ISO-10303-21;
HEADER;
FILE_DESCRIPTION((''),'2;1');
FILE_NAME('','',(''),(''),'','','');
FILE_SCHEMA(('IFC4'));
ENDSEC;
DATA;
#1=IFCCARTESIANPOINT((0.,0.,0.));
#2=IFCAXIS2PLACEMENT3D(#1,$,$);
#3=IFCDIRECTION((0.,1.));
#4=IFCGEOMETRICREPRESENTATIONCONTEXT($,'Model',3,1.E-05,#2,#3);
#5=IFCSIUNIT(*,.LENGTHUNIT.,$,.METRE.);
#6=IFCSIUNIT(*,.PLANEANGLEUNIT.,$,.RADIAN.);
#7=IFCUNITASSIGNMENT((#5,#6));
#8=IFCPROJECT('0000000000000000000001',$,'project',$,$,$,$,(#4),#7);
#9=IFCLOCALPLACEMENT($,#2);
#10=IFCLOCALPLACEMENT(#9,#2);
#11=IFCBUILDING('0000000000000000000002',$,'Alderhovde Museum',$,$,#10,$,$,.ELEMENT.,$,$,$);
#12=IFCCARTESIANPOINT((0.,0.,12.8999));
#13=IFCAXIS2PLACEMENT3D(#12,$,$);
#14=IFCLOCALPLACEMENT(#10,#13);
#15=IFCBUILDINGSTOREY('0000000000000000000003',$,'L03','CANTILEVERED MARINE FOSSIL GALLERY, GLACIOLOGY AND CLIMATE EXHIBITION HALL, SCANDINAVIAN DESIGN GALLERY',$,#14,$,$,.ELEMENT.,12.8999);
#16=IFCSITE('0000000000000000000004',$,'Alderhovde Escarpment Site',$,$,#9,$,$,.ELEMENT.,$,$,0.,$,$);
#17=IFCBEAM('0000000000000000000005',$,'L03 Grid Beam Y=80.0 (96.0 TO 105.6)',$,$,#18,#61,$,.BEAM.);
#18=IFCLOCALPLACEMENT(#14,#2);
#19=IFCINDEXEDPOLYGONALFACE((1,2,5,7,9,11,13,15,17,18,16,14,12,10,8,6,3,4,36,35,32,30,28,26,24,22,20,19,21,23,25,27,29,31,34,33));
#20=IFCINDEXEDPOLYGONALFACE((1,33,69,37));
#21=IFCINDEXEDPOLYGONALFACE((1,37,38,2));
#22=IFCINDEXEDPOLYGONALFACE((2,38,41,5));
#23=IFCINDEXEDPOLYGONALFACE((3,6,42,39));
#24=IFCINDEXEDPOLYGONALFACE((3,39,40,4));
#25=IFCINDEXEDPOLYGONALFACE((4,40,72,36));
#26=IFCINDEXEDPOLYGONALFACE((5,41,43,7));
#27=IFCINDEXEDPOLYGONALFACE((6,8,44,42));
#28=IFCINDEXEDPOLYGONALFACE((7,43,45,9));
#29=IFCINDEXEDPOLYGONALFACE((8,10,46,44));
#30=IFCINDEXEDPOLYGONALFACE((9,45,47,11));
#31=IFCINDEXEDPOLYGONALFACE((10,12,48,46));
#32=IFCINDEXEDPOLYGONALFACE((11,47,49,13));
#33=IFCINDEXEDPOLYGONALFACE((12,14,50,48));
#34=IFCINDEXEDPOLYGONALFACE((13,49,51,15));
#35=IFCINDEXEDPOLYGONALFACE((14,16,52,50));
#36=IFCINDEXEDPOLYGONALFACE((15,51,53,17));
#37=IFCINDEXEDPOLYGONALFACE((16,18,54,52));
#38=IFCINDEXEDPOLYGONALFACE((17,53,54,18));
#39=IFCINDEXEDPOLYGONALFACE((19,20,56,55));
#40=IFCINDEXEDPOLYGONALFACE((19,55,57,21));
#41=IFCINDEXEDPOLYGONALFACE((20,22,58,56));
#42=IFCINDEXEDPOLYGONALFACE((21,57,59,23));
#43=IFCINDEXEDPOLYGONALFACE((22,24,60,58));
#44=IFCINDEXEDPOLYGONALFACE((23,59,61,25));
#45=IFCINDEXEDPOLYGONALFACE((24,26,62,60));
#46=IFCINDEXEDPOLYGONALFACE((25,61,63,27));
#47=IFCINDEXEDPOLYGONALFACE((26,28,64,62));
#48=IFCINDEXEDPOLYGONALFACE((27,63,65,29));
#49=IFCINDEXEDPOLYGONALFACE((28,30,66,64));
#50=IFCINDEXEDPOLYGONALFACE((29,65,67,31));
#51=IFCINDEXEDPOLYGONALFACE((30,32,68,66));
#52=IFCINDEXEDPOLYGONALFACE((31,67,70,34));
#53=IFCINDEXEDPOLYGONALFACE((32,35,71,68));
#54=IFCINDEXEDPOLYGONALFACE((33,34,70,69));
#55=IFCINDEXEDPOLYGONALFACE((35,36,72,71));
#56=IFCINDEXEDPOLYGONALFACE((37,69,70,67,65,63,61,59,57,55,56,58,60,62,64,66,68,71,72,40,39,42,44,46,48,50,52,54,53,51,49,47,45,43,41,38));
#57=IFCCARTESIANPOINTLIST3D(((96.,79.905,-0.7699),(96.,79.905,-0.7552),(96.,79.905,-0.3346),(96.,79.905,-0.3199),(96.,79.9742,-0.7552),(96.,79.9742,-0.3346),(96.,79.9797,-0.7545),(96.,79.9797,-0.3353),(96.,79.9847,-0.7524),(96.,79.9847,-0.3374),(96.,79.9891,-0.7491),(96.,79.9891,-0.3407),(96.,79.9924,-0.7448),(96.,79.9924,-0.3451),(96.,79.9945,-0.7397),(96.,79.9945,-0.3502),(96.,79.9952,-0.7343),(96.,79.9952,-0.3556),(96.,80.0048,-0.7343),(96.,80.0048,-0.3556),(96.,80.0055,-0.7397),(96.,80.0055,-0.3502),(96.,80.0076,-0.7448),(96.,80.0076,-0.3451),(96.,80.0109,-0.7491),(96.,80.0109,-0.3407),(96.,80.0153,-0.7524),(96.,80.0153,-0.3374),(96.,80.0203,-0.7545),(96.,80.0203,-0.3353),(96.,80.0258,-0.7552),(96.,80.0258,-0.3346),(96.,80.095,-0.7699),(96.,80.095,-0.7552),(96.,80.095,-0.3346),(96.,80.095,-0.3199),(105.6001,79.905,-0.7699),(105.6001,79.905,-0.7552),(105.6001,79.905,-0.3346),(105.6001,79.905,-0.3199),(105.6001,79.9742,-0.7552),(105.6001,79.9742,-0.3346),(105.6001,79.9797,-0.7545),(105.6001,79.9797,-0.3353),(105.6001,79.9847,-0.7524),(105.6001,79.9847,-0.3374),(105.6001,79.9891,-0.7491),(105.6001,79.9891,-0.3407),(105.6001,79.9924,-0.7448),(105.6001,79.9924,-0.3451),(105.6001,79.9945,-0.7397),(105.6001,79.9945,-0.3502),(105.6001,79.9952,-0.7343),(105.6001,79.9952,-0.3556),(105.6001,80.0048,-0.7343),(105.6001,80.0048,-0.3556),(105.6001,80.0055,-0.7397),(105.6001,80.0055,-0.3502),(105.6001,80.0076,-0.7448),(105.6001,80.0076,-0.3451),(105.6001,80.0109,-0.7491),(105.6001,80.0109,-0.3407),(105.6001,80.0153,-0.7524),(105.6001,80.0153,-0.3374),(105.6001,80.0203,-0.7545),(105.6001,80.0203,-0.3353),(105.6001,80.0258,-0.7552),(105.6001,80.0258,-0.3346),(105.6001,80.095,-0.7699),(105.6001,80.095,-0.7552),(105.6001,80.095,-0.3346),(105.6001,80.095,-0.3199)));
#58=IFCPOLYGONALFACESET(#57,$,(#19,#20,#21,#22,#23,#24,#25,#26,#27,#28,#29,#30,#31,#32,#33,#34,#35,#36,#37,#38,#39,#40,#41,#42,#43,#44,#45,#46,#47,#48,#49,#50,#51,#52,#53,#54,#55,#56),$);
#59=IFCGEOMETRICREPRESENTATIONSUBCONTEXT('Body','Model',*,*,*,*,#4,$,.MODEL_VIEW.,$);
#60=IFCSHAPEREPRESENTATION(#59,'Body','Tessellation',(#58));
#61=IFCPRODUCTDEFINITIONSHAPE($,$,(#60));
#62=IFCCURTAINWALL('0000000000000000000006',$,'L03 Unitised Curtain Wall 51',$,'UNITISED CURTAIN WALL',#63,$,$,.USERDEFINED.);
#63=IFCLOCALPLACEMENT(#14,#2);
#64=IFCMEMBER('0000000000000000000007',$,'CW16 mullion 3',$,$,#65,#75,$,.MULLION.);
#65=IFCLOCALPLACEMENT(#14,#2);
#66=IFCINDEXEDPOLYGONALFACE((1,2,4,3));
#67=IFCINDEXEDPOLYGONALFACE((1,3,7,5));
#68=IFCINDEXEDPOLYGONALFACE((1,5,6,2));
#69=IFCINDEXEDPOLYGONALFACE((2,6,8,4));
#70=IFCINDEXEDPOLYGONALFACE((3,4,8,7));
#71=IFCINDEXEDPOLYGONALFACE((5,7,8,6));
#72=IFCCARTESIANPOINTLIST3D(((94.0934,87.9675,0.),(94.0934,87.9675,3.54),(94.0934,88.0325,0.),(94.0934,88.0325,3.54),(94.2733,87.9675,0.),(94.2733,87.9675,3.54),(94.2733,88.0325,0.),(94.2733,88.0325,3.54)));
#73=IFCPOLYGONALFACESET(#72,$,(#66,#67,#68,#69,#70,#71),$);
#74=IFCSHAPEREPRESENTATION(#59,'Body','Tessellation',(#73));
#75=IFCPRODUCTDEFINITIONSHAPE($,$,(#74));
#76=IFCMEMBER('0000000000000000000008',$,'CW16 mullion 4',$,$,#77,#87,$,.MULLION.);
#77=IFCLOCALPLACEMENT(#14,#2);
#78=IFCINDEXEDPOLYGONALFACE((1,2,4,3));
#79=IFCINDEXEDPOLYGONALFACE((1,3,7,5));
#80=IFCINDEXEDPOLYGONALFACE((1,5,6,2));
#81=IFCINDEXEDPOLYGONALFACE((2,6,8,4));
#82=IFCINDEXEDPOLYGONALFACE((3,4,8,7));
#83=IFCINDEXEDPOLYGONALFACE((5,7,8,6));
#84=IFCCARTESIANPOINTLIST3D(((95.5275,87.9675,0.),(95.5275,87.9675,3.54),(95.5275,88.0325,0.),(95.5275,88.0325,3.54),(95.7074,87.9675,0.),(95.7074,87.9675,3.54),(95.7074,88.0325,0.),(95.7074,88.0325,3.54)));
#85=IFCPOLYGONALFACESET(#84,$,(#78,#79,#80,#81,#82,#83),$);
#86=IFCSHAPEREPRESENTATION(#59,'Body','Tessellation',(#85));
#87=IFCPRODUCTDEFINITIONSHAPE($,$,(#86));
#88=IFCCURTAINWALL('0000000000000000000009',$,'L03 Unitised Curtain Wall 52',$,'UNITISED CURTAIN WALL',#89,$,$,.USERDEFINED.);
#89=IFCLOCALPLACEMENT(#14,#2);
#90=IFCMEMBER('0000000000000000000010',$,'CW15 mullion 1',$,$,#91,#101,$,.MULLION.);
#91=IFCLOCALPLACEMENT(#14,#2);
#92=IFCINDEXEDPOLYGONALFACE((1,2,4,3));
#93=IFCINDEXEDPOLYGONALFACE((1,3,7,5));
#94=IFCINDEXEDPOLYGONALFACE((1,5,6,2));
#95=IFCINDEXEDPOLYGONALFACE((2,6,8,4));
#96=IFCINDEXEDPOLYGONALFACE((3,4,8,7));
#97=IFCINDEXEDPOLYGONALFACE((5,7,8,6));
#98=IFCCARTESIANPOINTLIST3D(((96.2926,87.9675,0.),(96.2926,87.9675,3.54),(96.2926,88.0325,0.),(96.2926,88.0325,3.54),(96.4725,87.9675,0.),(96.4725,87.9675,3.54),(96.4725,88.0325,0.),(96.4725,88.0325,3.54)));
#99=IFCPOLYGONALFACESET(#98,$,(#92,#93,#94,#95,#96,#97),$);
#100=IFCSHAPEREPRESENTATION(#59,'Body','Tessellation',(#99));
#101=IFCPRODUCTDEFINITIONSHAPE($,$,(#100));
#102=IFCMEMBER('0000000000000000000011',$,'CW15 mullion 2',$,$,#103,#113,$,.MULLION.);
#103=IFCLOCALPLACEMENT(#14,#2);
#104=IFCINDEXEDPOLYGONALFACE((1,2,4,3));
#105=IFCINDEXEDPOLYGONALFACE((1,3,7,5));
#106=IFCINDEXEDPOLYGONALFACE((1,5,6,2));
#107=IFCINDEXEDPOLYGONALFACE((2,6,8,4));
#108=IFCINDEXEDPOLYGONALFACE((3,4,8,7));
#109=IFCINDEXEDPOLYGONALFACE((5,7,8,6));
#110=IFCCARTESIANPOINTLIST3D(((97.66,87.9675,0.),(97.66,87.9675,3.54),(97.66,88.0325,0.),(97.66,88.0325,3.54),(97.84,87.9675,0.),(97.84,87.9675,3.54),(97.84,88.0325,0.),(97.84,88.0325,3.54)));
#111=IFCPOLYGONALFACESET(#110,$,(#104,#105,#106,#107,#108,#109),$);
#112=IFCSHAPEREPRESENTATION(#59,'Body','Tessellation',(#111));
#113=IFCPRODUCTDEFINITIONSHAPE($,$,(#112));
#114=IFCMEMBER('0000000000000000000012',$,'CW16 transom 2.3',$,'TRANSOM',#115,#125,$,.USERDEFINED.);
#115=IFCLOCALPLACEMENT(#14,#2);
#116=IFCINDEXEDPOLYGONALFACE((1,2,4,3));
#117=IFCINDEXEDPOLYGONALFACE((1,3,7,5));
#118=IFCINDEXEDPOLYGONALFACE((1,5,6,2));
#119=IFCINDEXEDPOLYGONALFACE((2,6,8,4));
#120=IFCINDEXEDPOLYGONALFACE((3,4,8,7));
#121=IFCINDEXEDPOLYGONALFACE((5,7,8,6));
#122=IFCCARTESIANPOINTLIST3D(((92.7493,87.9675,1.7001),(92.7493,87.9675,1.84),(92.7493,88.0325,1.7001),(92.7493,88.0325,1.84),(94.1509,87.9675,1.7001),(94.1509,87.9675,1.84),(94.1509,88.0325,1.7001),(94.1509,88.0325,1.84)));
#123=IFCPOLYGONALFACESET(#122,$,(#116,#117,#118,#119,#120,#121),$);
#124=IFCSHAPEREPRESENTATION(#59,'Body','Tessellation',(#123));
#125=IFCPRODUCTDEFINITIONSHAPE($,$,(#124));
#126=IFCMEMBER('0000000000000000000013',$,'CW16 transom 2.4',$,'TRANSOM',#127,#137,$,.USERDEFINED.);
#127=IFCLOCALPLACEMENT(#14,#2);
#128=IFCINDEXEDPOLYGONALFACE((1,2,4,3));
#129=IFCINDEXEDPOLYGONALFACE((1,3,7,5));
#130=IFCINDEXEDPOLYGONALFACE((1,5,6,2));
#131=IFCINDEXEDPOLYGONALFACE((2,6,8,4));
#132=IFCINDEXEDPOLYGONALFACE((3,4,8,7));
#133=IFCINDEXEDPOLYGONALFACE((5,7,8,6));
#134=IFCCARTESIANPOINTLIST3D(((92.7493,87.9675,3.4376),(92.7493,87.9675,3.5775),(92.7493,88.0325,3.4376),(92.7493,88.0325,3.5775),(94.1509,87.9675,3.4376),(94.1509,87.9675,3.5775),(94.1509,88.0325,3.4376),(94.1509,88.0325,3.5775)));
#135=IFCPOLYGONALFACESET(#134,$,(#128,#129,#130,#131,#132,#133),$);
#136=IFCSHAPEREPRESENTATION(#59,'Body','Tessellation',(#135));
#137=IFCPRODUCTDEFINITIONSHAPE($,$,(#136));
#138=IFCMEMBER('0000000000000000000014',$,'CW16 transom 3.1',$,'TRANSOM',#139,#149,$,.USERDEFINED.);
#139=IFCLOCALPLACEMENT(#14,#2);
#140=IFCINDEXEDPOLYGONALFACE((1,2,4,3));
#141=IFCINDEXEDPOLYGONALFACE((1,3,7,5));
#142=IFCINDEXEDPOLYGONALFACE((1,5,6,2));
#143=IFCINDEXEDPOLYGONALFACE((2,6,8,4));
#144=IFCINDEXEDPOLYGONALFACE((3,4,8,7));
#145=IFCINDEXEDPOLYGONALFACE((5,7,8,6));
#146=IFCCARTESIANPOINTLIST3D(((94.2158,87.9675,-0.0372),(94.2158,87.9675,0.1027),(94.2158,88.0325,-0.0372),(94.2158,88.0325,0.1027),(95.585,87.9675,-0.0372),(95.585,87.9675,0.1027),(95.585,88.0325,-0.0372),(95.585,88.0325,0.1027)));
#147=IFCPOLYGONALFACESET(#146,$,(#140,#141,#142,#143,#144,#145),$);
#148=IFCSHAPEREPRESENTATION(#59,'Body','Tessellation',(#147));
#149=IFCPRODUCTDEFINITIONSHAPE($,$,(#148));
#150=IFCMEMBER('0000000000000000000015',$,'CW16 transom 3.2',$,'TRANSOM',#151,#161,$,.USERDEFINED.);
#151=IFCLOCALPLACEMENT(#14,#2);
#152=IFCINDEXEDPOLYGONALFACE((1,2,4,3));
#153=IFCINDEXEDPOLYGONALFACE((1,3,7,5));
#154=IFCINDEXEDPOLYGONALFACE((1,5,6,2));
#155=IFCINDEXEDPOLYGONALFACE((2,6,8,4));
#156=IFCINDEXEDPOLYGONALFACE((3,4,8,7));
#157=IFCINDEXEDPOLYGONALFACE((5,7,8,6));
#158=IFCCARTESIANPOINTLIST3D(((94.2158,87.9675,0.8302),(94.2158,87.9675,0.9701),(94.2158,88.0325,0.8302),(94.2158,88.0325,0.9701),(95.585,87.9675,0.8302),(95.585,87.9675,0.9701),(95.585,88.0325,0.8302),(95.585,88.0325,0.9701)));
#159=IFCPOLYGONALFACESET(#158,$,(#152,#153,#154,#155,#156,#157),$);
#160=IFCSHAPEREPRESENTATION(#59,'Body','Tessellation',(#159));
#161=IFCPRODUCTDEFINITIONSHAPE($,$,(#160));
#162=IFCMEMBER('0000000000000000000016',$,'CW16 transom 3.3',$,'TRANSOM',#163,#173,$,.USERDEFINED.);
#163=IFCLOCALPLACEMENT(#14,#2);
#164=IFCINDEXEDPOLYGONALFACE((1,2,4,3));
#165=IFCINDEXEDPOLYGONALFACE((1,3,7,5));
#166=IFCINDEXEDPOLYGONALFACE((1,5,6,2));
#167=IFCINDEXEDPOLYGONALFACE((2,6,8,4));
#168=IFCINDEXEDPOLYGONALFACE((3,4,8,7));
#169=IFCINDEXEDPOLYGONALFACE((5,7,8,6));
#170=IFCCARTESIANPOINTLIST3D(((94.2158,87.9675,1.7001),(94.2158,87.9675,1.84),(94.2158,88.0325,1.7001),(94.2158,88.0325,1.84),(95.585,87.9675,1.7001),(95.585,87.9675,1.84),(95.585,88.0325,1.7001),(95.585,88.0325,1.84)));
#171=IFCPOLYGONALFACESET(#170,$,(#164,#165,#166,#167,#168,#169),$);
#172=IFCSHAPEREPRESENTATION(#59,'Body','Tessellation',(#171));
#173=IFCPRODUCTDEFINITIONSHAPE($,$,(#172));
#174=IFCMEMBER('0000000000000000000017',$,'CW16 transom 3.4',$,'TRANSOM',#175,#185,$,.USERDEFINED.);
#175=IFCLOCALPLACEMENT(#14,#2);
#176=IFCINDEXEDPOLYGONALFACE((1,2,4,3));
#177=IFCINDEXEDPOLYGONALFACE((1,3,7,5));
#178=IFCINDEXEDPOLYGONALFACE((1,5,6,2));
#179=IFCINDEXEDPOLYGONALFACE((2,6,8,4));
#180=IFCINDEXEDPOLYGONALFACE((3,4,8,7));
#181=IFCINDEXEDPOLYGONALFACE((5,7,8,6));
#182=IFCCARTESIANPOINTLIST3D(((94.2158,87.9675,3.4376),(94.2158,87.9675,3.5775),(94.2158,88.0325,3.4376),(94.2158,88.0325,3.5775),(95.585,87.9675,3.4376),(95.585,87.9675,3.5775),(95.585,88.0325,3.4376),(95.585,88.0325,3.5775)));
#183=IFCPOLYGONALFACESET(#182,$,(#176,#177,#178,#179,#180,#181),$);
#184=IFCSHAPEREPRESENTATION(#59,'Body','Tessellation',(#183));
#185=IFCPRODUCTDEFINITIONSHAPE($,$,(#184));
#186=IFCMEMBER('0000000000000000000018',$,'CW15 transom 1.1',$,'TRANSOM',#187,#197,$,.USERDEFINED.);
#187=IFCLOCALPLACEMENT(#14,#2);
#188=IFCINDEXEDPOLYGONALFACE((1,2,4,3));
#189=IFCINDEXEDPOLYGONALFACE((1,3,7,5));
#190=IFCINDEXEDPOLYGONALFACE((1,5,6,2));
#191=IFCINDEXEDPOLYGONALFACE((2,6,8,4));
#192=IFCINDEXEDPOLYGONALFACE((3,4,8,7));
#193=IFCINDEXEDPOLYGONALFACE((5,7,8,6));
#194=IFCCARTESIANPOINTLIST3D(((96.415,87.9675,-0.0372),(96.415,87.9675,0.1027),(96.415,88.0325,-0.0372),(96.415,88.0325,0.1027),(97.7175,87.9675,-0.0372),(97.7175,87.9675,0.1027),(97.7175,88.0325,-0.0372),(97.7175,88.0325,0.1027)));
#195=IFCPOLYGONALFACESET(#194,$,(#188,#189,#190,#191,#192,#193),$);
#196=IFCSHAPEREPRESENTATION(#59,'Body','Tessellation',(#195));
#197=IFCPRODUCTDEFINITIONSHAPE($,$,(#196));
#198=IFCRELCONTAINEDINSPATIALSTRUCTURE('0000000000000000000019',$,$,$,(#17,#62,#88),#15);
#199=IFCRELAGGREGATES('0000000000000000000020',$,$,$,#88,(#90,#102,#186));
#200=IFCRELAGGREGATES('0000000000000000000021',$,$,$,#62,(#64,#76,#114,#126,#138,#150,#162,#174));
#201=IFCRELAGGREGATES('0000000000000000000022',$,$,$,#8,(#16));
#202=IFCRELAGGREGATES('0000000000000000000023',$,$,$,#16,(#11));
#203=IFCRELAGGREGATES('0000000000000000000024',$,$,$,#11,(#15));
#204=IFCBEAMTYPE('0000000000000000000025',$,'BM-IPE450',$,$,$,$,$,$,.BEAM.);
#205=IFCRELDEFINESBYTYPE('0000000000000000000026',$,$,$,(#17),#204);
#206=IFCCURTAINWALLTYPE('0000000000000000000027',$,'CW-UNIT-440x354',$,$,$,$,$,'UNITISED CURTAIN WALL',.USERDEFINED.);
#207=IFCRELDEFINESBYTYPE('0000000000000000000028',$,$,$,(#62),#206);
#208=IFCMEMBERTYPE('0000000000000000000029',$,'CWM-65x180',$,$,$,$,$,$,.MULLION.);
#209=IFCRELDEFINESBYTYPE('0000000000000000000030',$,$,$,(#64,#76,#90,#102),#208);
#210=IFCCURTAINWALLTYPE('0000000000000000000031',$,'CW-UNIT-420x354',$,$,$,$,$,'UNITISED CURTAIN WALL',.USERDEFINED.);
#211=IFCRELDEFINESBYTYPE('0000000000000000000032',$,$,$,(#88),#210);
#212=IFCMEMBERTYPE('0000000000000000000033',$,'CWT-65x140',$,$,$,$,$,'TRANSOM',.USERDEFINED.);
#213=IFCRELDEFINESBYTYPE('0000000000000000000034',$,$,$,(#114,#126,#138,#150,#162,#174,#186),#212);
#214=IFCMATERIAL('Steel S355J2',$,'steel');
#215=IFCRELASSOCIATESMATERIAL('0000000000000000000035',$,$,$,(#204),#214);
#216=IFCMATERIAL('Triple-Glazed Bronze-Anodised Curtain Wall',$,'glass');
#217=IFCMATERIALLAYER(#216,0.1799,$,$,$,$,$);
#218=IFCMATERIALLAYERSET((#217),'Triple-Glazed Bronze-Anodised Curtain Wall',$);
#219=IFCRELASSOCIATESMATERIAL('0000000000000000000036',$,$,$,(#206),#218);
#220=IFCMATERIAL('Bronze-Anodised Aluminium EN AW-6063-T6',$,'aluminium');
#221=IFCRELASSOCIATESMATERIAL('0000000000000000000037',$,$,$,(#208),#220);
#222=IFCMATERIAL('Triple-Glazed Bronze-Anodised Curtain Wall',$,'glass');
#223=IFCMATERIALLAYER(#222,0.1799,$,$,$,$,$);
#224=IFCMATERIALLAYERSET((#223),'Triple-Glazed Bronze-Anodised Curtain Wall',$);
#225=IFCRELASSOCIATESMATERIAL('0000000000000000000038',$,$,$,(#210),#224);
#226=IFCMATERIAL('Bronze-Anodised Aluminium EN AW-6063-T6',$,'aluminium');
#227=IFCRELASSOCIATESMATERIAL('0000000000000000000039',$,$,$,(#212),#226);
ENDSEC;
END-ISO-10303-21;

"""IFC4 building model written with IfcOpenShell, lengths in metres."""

from ifc_helpers import new_model, si_unit, direction, frame, origin, origin_2d, place, context, subcontext, project, spatial, rectangle, i_section, extrude, material, layer, layer_set, material_profile, profile_set, type_object, element, aggregate, save


model = new_model("IFC4")

# Units and contexts
model_context = context("Model", 3, precision=1e-05, world=origin(), true_north=direction((0.0, 1.0)))
body_context = subcontext(model_context, "Body", "Model", "MODEL_VIEW")
ifc_project = project(units=[si_unit("LENGTHUNIT", "METRE"), si_unit("PLANEANGLEUNIT", "RADIAN")], contexts=[model_context])

# Site, building, storey
site_placement = place(None, origin())
site = spatial("IfcSite", under=ifc_project, at=site_placement, Name="Alderhovde Escarpment Site", CompositionType="ELEMENT", RefElevation=0.0)
building_placement = place(site_placement, origin())
building = spatial("IfcBuilding", under=site, at=building_placement, Name="Alderhovde Museum", CompositionType="ELEMENT")
storey_placement = place(building_placement, frame((0.0, 0.0, 12.8999)))
storey = spatial("IfcBuildingStorey", under=building, at=storey_placement, Name="L03", Description="CANTILEVERED MARINE FOSSIL GALLERY, GLACIOLOGY AND CLIMATE EXHIBITION HALL, SCANDINAVIAN DESIGN GALLERY", CompositionType="ELEMENT", Elevation=12.8999)

# Beam
ifc_material_1 = material(Name="Steel S355J2", Category="steel")
ifc_material_profile_1 = material_profile(ifc_material_1, i_section(OverallWidth=0.1899, OverallDepth=0.45, WebThickness=0.0095, FlangeThickness=0.0146, FilletRadius=0.021, at=origin_2d()), Name="IPE 450")
ifc_profile_set_1 = profile_set([ifc_material_profile_1], Name="Steel S355J2")
beam_type_1 = type_object("IfcBeamType", Name="BM-IPE450", PredefinedType="BEAM", material=ifc_profile_set_1)
beam_1_placement = place(storey_placement, frame((96.0, 80.0, -0.5449), z_axis=(1.0, 0.0, 0.0), x_axis=(0.0, 1.0, 0.0)))
element("IfcBeam", 1, at=beam_1_placement, inside=storey, type_object=beam_type_1, Name="L03 Grid Beam Y=80.0 (96.0 TO 105.6)", PredefinedType="BEAM", context=body_context, shape_type="SweptSolid", body=[
    extrude(i_section(OverallWidth=0.1899, OverallDepth=0.45, WebThickness=0.0095, FlangeThickness=0.0146, FilletRadius=0.021, at=origin_2d()), origin(), (0.0, 0.0, 1.0), 9.6001),
])

# Curtain walls, members
ifc_material_2 = material(Name="Triple-Glazed Bronze-Anodised Curtain Wall", Category="glass")
ifc_layer_1 = layer(ifc_material_2, 0.1799)
ifc_layer_set_1 = layer_set([ifc_layer_1], Name="Triple-Glazed Bronze-Anodised Curtain Wall")
curtain_wall_type_1 = type_object("IfcCurtainWallType", Name="CW-UNIT-440x354", ElementType="UNITISED CURTAIN WALL", PredefinedType="USERDEFINED", material=ifc_layer_set_1)
curtain_wall_1_placement = place(storey_placement, origin())
curtain_wall_1 = element("IfcCurtainWall", 2, at=curtain_wall_1_placement, inside=storey, type_object=curtain_wall_type_1, Name="L03 Unitised Curtain Wall 51", ObjectType="UNITISED CURTAIN WALL", PredefinedType="USERDEFINED")
ifc_material_3 = material(Name="Bronze-Anodised Aluminium EN AW-6063-T6", Category="aluminium")
ifc_material_profile_2 = material_profile(ifc_material_3, rectangle(XDim=0.0649, YDim=0.1799, at=origin_2d()), Name="MULLION 65x180")
ifc_profile_set_2 = profile_set([ifc_material_profile_2], Name="Bronze-Anodised Aluminium EN AW-6063-T6")
member_type_1 = type_object("IfcMemberType", Name="CWM-65x180", PredefinedType="MULLION", material=ifc_profile_set_2)
member_1_placement = place(storey_placement, frame((94.1833, 88.0, 0.0), z_axis=(0.0, 0.0, 1.0), x_axis=(0.0, 1.0, 0.0)))
member_1 = element("IfcMember", 3, at=member_1_placement, type_object=member_type_1, Name="CW16 mullion 3", PredefinedType="MULLION", context=body_context, shape_type="SweptSolid", body=[
    extrude(rectangle(XDim=0.0649, YDim=0.1799, at=origin_2d()), origin(), (0.0, 0.0, 1.0), 3.54),
])
member_2_placement = place(storey_placement, frame((95.6174, 88.0, 0.0), z_axis=(0.0, 0.0, 1.0), x_axis=(0.0, 1.0, 0.0)))
member_2 = element("IfcMember", 4, at=member_2_placement, type_object=member_type_1, Name="CW16 mullion 4", PredefinedType="MULLION", context=body_context, shape_type="SweptSolid", body=[
    extrude(rectangle(XDim=0.0649, YDim=0.1799, at=origin_2d()), origin(), (0.0, 0.0, 1.0), 3.54),
])
ifc_material_4 = material(Name="Triple-Glazed Bronze-Anodised Curtain Wall", Category="glass")
ifc_layer_2 = layer(ifc_material_4, 0.1799)
ifc_layer_set_2 = layer_set([ifc_layer_2], Name="Triple-Glazed Bronze-Anodised Curtain Wall")
curtain_wall_type_2 = type_object("IfcCurtainWallType", Name="CW-UNIT-420x354", ElementType="UNITISED CURTAIN WALL", PredefinedType="USERDEFINED", material=ifc_layer_set_2)
curtain_wall_2_placement = place(storey_placement, origin())
curtain_wall_2 = element("IfcCurtainWall", 5, at=curtain_wall_2_placement, inside=storey, type_object=curtain_wall_type_2, Name="L03 Unitised Curtain Wall 52", ObjectType="UNITISED CURTAIN WALL", PredefinedType="USERDEFINED")
member_3_placement = place(storey_placement, frame((96.3826, 88.0, 0.0), z_axis=(0.0, 0.0, 1.0), x_axis=(0.0, 1.0, 0.0)))
member_3 = element("IfcMember", 6, at=member_3_placement, type_object=member_type_1, Name="CW15 mullion 1", PredefinedType="MULLION", context=body_context, shape_type="SweptSolid", body=[
    extrude(rectangle(XDim=0.0649, YDim=0.1799, at=origin_2d()), origin(), (0.0, 0.0, 1.0), 3.54),
])
member_4_placement = place(storey_placement, frame((97.75, 88.0, 0.0), z_axis=(0.0, 0.0, 1.0), x_axis=(0.0, 1.0, 0.0)))
member_4 = element("IfcMember", 7, at=member_4_placement, type_object=member_type_1, Name="CW15 mullion 2", PredefinedType="MULLION", context=body_context, shape_type="SweptSolid", body=[
    extrude(rectangle(XDim=0.0649, YDim=0.1799, at=origin_2d()), origin(), (0.0, 0.0, 1.0), 3.54),
])

# Members
ifc_material_5 = material(Name="Bronze-Anodised Aluminium EN AW-6063-T6", Category="aluminium")
ifc_material_profile_3 = material_profile(ifc_material_5, rectangle(XDim=0.0649, YDim=0.1399, at=origin_2d()), Name="TRANSOM 65x140")
ifc_profile_set_3 = profile_set([ifc_material_profile_3], Name="Bronze-Anodised Aluminium EN AW-6063-T6")
member_type_2 = type_object("IfcMemberType", Name="CWT-65x140", ElementType="TRANSOM", PredefinedType="USERDEFINED", material=ifc_profile_set_3)
member_5_placement = place(storey_placement, frame((92.7493, 88.0, 1.77), z_axis=(1.0, 0.0, 0.0), x_axis=(0.0, 1.0, 0.0)))
member_5 = element("IfcMember", 8, at=member_5_placement, type_object=member_type_2, Name="CW16 transom 2.3", ObjectType="TRANSOM", PredefinedType="USERDEFINED", context=body_context, shape_type="SweptSolid", body=[
    extrude(rectangle(XDim=0.0649, YDim=0.1399, at=origin_2d()), origin(), (0.0, 0.0, 1.0), 1.4016),
])
member_6_placement = place(storey_placement, frame((92.7493, 88.0, 3.5076), z_axis=(1.0, 0.0, 0.0), x_axis=(0.0, 1.0, 0.0)))
member_6 = element("IfcMember", 9, at=member_6_placement, type_object=member_type_2, Name="CW16 transom 2.4", ObjectType="TRANSOM", PredefinedType="USERDEFINED", context=body_context, shape_type="SweptSolid", body=[
    extrude(rectangle(XDim=0.0649, YDim=0.1399, at=origin_2d()), origin(), (0.0, 0.0, 1.0), 1.4016),
])
member_7_placement = place(storey_placement, frame((94.2158, 88.0, 0.0327), z_axis=(1.0, 0.0, 0.0), x_axis=(0.0, 1.0, 0.0)))
member_7 = element("IfcMember", 10, at=member_7_placement, type_object=member_type_2, Name="CW16 transom 3.1", ObjectType="TRANSOM", PredefinedType="USERDEFINED", context=body_context, shape_type="SweptSolid", body=[
    extrude(rectangle(XDim=0.0649, YDim=0.1399, at=origin_2d()), origin(), (0.0, 0.0, 1.0), 1.3691),
])
member_8_placement = place(storey_placement, frame((94.2158, 88.0, 0.9001), z_axis=(1.0, 0.0, 0.0), x_axis=(0.0, 1.0, 0.0)))
member_8 = element("IfcMember", 11, at=member_8_placement, type_object=member_type_2, Name="CW16 transom 3.2", ObjectType="TRANSOM", PredefinedType="USERDEFINED", context=body_context, shape_type="SweptSolid", body=[
    extrude(rectangle(XDim=0.0649, YDim=0.1399, at=origin_2d()), origin(), (0.0, 0.0, 1.0), 1.3691),
])
member_9_placement = place(storey_placement, frame((94.2158, 88.0, 1.77), z_axis=(1.0, 0.0, 0.0), x_axis=(0.0, 1.0, 0.0)))
member_9 = element("IfcMember", 12, at=member_9_placement, type_object=member_type_2, Name="CW16 transom 3.3", ObjectType="TRANSOM", PredefinedType="USERDEFINED", context=body_context, shape_type="SweptSolid", body=[
    extrude(rectangle(XDim=0.0649, YDim=0.1399, at=origin_2d()), origin(), (0.0, 0.0, 1.0), 1.3691),
])
member_10_placement = place(storey_placement, frame((94.2158, 88.0, 3.5076), z_axis=(1.0, 0.0, 0.0), x_axis=(0.0, 1.0, 0.0)))
member_10 = element("IfcMember", 13, at=member_10_placement, type_object=member_type_2, Name="CW16 transom 3.4", ObjectType="TRANSOM", PredefinedType="USERDEFINED", context=body_context, shape_type="SweptSolid", body=[
    extrude(rectangle(XDim=0.0649, YDim=0.1399, at=origin_2d()), origin(), (0.0, 0.0, 1.0), 1.3691),
])
member_11_placement = place(storey_placement, frame((96.415, 88.0, 0.0327), z_axis=(1.0, 0.0, 0.0), x_axis=(0.0, 1.0, 0.0)))
member_11 = element("IfcMember", 14, at=member_11_placement, type_object=member_type_2, Name="CW15 transom 1.1", ObjectType="TRANSOM", PredefinedType="USERDEFINED", context=body_context, shape_type="SweptSolid", body=[
    extrude(rectangle(XDim=0.0649, YDim=0.1399, at=origin_2d()), origin(), (0.0, 0.0, 1.0), 1.3025),
])

aggregate(curtain_wall_2, [member_3, member_4, member_11])
aggregate(curtain_wall_1, [member_1, member_2, member_5, member_6, member_7, member_8, member_9, member_10])

save(model, "model.ifc")
